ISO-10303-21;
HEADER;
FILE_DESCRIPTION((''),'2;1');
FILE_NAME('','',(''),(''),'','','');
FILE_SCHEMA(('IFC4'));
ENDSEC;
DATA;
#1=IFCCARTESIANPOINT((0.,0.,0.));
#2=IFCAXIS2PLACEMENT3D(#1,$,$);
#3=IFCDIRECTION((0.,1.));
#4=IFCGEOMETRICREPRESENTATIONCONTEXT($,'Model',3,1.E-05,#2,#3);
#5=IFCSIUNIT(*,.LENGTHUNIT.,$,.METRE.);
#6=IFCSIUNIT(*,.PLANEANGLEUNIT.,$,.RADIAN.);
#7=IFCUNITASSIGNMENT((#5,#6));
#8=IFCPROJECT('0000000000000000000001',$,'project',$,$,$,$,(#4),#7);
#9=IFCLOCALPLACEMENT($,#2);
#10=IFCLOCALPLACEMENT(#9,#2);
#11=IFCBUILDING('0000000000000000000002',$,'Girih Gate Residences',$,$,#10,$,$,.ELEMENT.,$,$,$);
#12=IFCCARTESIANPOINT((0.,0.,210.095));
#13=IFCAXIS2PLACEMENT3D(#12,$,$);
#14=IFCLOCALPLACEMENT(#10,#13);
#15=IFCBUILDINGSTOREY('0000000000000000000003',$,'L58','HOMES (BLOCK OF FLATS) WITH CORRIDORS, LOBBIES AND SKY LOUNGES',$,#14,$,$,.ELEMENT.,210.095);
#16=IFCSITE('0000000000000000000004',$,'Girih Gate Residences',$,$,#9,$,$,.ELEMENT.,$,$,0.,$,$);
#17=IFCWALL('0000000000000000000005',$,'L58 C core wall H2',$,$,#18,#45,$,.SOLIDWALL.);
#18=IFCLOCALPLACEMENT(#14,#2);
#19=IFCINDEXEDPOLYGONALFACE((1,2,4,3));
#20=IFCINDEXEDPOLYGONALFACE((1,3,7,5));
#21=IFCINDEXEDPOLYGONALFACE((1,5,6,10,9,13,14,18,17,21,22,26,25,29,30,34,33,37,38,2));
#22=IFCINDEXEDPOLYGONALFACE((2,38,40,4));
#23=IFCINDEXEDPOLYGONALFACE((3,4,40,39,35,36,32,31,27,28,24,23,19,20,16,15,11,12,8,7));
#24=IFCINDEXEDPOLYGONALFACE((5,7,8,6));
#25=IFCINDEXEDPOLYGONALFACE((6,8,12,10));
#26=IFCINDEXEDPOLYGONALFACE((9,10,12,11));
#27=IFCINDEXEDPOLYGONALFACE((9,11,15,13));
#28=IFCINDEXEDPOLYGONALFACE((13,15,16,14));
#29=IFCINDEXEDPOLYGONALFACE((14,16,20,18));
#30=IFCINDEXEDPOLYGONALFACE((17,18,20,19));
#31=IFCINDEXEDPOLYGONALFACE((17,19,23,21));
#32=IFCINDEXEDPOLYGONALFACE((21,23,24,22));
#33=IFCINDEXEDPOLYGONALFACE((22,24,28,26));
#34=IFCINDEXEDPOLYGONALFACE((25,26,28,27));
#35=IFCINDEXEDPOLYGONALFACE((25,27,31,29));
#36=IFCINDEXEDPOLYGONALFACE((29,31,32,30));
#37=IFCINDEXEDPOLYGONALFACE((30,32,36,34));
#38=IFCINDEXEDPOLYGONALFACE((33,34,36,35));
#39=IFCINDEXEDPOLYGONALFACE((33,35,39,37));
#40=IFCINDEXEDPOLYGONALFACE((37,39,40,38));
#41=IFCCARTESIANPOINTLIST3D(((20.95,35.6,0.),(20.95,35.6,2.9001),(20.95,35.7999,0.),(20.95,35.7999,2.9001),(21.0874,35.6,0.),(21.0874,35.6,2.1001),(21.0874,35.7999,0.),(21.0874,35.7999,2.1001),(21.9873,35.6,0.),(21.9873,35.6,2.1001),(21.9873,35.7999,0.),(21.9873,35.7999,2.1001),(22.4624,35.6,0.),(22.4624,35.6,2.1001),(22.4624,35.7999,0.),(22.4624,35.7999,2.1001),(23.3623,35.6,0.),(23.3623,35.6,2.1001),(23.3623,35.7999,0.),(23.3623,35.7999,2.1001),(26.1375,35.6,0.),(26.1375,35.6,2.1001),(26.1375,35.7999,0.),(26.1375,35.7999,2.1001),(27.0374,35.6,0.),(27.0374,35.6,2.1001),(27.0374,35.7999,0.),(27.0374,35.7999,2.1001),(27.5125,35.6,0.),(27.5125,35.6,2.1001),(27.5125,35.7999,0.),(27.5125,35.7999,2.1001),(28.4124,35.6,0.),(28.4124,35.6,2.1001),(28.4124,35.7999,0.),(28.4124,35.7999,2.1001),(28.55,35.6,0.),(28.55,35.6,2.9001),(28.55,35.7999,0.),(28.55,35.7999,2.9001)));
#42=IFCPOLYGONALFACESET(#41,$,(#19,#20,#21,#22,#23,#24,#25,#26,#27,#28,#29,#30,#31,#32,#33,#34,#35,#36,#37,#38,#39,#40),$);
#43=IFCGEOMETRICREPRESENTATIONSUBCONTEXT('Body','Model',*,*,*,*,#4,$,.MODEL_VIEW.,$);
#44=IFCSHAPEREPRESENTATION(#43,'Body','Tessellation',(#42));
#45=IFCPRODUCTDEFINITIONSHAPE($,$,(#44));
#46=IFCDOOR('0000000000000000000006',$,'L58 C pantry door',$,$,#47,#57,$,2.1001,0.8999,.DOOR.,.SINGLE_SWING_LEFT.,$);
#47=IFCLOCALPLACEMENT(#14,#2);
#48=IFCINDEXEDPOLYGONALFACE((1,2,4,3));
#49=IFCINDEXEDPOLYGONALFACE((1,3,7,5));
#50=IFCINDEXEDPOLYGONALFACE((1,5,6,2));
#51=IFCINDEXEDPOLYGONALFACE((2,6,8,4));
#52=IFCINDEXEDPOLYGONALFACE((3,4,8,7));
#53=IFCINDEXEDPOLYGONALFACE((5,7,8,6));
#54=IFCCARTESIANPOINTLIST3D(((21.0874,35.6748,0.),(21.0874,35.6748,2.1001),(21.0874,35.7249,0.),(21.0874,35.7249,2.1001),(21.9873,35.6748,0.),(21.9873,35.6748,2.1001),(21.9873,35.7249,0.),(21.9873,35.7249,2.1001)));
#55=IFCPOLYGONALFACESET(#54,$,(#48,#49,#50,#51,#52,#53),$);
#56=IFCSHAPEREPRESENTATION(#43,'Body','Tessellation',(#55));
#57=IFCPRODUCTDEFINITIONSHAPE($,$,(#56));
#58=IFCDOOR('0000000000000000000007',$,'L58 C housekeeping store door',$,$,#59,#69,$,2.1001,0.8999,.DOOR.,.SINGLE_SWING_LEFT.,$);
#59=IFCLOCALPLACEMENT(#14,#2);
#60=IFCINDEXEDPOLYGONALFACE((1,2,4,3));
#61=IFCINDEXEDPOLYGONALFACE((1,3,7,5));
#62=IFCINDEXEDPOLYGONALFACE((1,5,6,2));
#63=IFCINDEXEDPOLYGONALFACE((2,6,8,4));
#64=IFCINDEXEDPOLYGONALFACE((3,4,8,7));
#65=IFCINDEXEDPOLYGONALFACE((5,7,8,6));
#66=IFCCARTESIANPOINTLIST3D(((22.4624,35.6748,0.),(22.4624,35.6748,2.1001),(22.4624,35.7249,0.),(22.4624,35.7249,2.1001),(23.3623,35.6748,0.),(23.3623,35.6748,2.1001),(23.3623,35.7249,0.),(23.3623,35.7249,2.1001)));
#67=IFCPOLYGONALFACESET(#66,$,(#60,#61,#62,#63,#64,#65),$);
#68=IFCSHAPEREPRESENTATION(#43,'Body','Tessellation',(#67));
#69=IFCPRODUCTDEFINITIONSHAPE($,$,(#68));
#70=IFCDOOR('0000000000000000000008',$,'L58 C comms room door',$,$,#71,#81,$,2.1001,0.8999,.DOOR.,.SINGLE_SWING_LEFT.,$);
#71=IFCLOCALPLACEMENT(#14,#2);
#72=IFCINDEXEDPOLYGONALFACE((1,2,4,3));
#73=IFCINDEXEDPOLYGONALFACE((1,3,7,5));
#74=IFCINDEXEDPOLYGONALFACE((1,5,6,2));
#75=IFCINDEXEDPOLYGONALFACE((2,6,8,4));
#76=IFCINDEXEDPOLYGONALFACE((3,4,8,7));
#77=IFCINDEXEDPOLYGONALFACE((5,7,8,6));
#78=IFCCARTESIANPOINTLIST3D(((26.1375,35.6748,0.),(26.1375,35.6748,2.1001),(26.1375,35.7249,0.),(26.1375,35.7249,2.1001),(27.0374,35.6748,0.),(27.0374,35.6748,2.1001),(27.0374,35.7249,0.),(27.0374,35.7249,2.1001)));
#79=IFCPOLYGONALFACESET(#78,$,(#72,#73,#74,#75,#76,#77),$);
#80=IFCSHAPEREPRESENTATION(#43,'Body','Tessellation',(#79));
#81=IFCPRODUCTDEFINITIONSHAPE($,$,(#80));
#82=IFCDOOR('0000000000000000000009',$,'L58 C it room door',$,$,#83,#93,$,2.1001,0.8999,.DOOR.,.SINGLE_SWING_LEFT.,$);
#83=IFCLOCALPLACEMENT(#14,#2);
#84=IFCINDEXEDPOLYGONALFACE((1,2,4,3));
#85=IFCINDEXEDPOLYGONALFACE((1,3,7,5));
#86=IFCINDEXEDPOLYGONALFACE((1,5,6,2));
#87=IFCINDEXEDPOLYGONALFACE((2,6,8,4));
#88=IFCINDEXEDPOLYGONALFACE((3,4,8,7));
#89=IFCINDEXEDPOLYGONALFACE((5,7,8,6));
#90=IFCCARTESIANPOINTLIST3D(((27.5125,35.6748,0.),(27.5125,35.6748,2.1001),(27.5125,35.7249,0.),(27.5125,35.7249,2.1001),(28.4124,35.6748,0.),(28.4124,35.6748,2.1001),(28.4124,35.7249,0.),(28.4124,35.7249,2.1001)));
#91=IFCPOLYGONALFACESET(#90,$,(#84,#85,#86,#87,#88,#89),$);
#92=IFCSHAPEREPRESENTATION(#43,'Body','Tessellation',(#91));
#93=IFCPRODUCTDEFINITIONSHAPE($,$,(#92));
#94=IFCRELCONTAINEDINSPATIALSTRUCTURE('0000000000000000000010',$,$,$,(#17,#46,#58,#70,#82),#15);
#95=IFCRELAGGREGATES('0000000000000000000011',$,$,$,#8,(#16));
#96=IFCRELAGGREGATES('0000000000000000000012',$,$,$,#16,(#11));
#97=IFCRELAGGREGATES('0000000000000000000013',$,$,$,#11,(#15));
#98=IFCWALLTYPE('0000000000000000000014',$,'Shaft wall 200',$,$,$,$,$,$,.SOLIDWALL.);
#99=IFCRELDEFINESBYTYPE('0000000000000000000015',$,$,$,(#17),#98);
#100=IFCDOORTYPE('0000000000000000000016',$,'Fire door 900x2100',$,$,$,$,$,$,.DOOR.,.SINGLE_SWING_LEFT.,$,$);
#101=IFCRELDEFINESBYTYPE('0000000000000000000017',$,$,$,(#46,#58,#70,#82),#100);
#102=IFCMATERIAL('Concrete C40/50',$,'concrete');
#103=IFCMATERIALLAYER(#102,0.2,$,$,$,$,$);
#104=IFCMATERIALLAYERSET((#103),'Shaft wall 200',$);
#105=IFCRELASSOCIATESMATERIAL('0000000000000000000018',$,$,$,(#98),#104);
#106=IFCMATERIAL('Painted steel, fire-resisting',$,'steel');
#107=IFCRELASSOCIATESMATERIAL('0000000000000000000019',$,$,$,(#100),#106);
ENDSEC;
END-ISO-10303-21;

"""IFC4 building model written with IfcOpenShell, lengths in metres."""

from ifc_helpers import new_model, si_unit, direction, frame, frame_2d, origin, place, context, subcontext, project, spatial, rectangle, extrude, material, layer, layer_set, type_object, element, fill, save


model = new_model("IFC4")

# Units and contexts
model_context = context("Model", 3, precision=1e-05, world=origin(), true_north=direction((0.0, 1.0)))
body_context = subcontext(model_context, "Body", "Model", "MODEL_VIEW")
ifc_project = project(units=[si_unit("LENGTHUNIT", "METRE"), si_unit("PLANEANGLEUNIT", "RADIAN")], contexts=[model_context])

# Site, building, storey
site_placement = place(None, origin())
site = spatial("IfcSite", under=ifc_project, at=site_placement, Name="Girih Gate Residences", CompositionType="ELEMENT", RefElevation=0.0)
building_placement = place(site_placement, origin())
building = spatial("IfcBuilding", under=site, at=building_placement, Name="Girih Gate Residences", CompositionType="ELEMENT")
storey_placement = place(building_placement, frame((0.0, 0.0, 210.095)))
storey = spatial("IfcBuildingStorey", under=building, at=storey_placement, Name="L58", Description="HOMES (BLOCK OF FLATS) WITH CORRIDORS, LOBBIES AND SKY LOUNGES", CompositionType="ELEMENT", Elevation=210.095)

# Shared definitions
ifc_material_1 = material(Name="Concrete C40/50", Category="concrete")

# Wall, openings, doors
ifc_layer_1 = layer(ifc_material_1, 0.2)
ifc_layer_set_1 = layer_set([ifc_layer_1], Name="Shaft wall 200")
wall_type_1 = type_object("IfcWallType", Name="Shaft wall 200", PredefinedType="SOLIDWALL", material=ifc_layer_set_1)
ifc_material_2 = material(Name="Painted steel, fire-resisting", Category="steel")
wall_1_placement = place(storey_placement, frame((20.95, 35.7, 0.0), z_axis=(0.0, 0.0, 1.0), x_axis=(1.0, 0.0, 0.0)))
wall_1 = element("IfcWall", 1, at=wall_1_placement, inside=storey, type_object=wall_type_1, Name="L58 C core wall H2", PredefinedType="SOLIDWALL", context=body_context, shape_type="SweptSolid", body=[
    extrude(rectangle(XDim=7.6001, YDim=0.2, at=frame_2d((3.8, 0.0))), origin(), (0.0, 0.0, 1.0), 2.9001),
])
opening_1_placement = place(wall_1_placement, frame((0.1375, 0.0, 0.0)))
opening_1 = element("IfcOpeningElement", 2, at=opening_1_placement, cuts=wall_1, PredefinedType="OPENING", context=body_context, shape_type="SweptSolid", body=[
    extrude(rectangle(XDim=0.8999, YDim=2.1001, at=frame_2d((0.45, 1.05))), frame((0.0, 0.1099, 0.0), z_axis=(0.0, -1.0, 0.0), x_axis=(1.0, 0.0, 0.0)), (0.0, 0.0, 1.0), 0.22),
])
opening_2_placement = place(wall_1_placement, frame((1.5125, 0.0, 0.0)))
opening_2 = element("IfcOpeningElement", 3, at=opening_2_placement, cuts=wall_1, PredefinedType="OPENING", context=body_context, shape_type="SweptSolid", body=[
    extrude(rectangle(XDim=0.8999, YDim=2.1001, at=frame_2d((0.45, 1.05))), frame((0.0, 0.1099, 0.0), z_axis=(0.0, -1.0, 0.0), x_axis=(1.0, 0.0, 0.0)), (0.0, 0.0, 1.0), 0.22),
])
opening_3_placement = place(wall_1_placement, frame((5.1875, 0.0, 0.0)))
opening_3 = element("IfcOpeningElement", 4, at=opening_3_placement, cuts=wall_1, PredefinedType="OPENING", context=body_context, shape_type="SweptSolid", body=[
    extrude(rectangle(XDim=0.8999, YDim=2.1001, at=frame_2d((0.45, 1.05))), frame((0.0, 0.1099, 0.0), z_axis=(0.0, -1.0, 0.0), x_axis=(1.0, 0.0, 0.0)), (0.0, 0.0, 1.0), 0.22),
])
opening_4_placement = place(wall_1_placement, frame((6.5625, 0.0, 0.0)))
opening_4 = element("IfcOpeningElement", 5, at=opening_4_placement, cuts=wall_1, PredefinedType="OPENING", context=body_context, shape_type="SweptSolid", body=[
    extrude(rectangle(XDim=0.8999, YDim=2.1001, at=frame_2d((0.45, 1.05))), frame((0.0, 0.1099, 0.0), z_axis=(0.0, -1.0, 0.0), x_axis=(1.0, 0.0, 0.0)), (0.0, 0.0, 1.0), 0.22),
])
door_type_1 = type_object("IfcDoorType", Name="Fire door 900x2100", OperationType="SINGLE_SWING_LEFT", PredefinedType="DOOR", material=ifc_material_2)
door_1_placement = place(opening_1_placement, origin())
door_1 = element("IfcDoor", 6, at=door_1_placement, inside=storey, type_object=door_type_1, Name="L58 C pantry door", OperationType="SINGLE_SWING_LEFT", OverallHeight=2.1001, OverallWidth=0.8999, PredefinedType="DOOR", context=body_context, shape_type="SweptSolid", body=[
    extrude(rectangle(XDim=0.8999, YDim=2.1001, at=frame_2d((0.45, 1.05))), frame((0.0, 0.0249, 0.0), z_axis=(0.0, -1.0, 0.0), x_axis=(1.0, 0.0, 0.0)), (0.0, 0.0, 1.0), 0.05),
])
fill(opening_1, door_1)
door_2_placement = place(opening_2_placement, origin())
door_2 = element("IfcDoor", 7, at=door_2_placement, inside=storey, type_object=door_type_1, Name="L58 C housekeeping store door", OperationType="SINGLE_SWING_LEFT", OverallHeight=2.1001, OverallWidth=0.8999, PredefinedType="DOOR", context=body_context, shape_type="SweptSolid", body=[
    extrude(rectangle(XDim=0.8999, YDim=2.1001, at=frame_2d((0.45, 1.05))), frame((0.0, 0.0249, 0.0), z_axis=(0.0, -1.0, 0.0), x_axis=(1.0, 0.0, 0.0)), (0.0, 0.0, 1.0), 0.05),
])
fill(opening_2, door_2)
door_3_placement = place(opening_3_placement, origin())
door_3 = element("IfcDoor", 8, at=door_3_placement, inside=storey, type_object=door_type_1, Name="L58 C comms room door", OperationType="SINGLE_SWING_LEFT", OverallHeight=2.1001, OverallWidth=0.8999, PredefinedType="DOOR", context=body_context, shape_type="SweptSolid", body=[
    extrude(rectangle(XDim=0.8999, YDim=2.1001, at=frame_2d((0.45, 1.05))), frame((0.0, 0.0249, 0.0), z_axis=(0.0, -1.0, 0.0), x_axis=(1.0, 0.0, 0.0)), (0.0, 0.0, 1.0), 0.05),
])
fill(opening_3, door_3)
door_4_placement = place(opening_4_placement, origin())
door_4 = element("IfcDoor", 9, at=door_4_placement, inside=storey, type_object=door_type_1, Name="L58 C it room door", OperationType="SINGLE_SWING_LEFT", OverallHeight=2.1001, OverallWidth=0.8999, PredefinedType="DOOR", context=body_context, shape_type="SweptSolid", body=[
    extrude(rectangle(XDim=0.8999, YDim=2.1001, at=frame_2d((0.45, 1.05))), frame((0.0, 0.0249, 0.0), z_axis=(0.0, -1.0, 0.0), x_axis=(1.0, 0.0, 0.0)), (0.0, 0.0, 1.0), 0.05),
])
fill(opening_4, door_4)

save(model, "model.ifc")
